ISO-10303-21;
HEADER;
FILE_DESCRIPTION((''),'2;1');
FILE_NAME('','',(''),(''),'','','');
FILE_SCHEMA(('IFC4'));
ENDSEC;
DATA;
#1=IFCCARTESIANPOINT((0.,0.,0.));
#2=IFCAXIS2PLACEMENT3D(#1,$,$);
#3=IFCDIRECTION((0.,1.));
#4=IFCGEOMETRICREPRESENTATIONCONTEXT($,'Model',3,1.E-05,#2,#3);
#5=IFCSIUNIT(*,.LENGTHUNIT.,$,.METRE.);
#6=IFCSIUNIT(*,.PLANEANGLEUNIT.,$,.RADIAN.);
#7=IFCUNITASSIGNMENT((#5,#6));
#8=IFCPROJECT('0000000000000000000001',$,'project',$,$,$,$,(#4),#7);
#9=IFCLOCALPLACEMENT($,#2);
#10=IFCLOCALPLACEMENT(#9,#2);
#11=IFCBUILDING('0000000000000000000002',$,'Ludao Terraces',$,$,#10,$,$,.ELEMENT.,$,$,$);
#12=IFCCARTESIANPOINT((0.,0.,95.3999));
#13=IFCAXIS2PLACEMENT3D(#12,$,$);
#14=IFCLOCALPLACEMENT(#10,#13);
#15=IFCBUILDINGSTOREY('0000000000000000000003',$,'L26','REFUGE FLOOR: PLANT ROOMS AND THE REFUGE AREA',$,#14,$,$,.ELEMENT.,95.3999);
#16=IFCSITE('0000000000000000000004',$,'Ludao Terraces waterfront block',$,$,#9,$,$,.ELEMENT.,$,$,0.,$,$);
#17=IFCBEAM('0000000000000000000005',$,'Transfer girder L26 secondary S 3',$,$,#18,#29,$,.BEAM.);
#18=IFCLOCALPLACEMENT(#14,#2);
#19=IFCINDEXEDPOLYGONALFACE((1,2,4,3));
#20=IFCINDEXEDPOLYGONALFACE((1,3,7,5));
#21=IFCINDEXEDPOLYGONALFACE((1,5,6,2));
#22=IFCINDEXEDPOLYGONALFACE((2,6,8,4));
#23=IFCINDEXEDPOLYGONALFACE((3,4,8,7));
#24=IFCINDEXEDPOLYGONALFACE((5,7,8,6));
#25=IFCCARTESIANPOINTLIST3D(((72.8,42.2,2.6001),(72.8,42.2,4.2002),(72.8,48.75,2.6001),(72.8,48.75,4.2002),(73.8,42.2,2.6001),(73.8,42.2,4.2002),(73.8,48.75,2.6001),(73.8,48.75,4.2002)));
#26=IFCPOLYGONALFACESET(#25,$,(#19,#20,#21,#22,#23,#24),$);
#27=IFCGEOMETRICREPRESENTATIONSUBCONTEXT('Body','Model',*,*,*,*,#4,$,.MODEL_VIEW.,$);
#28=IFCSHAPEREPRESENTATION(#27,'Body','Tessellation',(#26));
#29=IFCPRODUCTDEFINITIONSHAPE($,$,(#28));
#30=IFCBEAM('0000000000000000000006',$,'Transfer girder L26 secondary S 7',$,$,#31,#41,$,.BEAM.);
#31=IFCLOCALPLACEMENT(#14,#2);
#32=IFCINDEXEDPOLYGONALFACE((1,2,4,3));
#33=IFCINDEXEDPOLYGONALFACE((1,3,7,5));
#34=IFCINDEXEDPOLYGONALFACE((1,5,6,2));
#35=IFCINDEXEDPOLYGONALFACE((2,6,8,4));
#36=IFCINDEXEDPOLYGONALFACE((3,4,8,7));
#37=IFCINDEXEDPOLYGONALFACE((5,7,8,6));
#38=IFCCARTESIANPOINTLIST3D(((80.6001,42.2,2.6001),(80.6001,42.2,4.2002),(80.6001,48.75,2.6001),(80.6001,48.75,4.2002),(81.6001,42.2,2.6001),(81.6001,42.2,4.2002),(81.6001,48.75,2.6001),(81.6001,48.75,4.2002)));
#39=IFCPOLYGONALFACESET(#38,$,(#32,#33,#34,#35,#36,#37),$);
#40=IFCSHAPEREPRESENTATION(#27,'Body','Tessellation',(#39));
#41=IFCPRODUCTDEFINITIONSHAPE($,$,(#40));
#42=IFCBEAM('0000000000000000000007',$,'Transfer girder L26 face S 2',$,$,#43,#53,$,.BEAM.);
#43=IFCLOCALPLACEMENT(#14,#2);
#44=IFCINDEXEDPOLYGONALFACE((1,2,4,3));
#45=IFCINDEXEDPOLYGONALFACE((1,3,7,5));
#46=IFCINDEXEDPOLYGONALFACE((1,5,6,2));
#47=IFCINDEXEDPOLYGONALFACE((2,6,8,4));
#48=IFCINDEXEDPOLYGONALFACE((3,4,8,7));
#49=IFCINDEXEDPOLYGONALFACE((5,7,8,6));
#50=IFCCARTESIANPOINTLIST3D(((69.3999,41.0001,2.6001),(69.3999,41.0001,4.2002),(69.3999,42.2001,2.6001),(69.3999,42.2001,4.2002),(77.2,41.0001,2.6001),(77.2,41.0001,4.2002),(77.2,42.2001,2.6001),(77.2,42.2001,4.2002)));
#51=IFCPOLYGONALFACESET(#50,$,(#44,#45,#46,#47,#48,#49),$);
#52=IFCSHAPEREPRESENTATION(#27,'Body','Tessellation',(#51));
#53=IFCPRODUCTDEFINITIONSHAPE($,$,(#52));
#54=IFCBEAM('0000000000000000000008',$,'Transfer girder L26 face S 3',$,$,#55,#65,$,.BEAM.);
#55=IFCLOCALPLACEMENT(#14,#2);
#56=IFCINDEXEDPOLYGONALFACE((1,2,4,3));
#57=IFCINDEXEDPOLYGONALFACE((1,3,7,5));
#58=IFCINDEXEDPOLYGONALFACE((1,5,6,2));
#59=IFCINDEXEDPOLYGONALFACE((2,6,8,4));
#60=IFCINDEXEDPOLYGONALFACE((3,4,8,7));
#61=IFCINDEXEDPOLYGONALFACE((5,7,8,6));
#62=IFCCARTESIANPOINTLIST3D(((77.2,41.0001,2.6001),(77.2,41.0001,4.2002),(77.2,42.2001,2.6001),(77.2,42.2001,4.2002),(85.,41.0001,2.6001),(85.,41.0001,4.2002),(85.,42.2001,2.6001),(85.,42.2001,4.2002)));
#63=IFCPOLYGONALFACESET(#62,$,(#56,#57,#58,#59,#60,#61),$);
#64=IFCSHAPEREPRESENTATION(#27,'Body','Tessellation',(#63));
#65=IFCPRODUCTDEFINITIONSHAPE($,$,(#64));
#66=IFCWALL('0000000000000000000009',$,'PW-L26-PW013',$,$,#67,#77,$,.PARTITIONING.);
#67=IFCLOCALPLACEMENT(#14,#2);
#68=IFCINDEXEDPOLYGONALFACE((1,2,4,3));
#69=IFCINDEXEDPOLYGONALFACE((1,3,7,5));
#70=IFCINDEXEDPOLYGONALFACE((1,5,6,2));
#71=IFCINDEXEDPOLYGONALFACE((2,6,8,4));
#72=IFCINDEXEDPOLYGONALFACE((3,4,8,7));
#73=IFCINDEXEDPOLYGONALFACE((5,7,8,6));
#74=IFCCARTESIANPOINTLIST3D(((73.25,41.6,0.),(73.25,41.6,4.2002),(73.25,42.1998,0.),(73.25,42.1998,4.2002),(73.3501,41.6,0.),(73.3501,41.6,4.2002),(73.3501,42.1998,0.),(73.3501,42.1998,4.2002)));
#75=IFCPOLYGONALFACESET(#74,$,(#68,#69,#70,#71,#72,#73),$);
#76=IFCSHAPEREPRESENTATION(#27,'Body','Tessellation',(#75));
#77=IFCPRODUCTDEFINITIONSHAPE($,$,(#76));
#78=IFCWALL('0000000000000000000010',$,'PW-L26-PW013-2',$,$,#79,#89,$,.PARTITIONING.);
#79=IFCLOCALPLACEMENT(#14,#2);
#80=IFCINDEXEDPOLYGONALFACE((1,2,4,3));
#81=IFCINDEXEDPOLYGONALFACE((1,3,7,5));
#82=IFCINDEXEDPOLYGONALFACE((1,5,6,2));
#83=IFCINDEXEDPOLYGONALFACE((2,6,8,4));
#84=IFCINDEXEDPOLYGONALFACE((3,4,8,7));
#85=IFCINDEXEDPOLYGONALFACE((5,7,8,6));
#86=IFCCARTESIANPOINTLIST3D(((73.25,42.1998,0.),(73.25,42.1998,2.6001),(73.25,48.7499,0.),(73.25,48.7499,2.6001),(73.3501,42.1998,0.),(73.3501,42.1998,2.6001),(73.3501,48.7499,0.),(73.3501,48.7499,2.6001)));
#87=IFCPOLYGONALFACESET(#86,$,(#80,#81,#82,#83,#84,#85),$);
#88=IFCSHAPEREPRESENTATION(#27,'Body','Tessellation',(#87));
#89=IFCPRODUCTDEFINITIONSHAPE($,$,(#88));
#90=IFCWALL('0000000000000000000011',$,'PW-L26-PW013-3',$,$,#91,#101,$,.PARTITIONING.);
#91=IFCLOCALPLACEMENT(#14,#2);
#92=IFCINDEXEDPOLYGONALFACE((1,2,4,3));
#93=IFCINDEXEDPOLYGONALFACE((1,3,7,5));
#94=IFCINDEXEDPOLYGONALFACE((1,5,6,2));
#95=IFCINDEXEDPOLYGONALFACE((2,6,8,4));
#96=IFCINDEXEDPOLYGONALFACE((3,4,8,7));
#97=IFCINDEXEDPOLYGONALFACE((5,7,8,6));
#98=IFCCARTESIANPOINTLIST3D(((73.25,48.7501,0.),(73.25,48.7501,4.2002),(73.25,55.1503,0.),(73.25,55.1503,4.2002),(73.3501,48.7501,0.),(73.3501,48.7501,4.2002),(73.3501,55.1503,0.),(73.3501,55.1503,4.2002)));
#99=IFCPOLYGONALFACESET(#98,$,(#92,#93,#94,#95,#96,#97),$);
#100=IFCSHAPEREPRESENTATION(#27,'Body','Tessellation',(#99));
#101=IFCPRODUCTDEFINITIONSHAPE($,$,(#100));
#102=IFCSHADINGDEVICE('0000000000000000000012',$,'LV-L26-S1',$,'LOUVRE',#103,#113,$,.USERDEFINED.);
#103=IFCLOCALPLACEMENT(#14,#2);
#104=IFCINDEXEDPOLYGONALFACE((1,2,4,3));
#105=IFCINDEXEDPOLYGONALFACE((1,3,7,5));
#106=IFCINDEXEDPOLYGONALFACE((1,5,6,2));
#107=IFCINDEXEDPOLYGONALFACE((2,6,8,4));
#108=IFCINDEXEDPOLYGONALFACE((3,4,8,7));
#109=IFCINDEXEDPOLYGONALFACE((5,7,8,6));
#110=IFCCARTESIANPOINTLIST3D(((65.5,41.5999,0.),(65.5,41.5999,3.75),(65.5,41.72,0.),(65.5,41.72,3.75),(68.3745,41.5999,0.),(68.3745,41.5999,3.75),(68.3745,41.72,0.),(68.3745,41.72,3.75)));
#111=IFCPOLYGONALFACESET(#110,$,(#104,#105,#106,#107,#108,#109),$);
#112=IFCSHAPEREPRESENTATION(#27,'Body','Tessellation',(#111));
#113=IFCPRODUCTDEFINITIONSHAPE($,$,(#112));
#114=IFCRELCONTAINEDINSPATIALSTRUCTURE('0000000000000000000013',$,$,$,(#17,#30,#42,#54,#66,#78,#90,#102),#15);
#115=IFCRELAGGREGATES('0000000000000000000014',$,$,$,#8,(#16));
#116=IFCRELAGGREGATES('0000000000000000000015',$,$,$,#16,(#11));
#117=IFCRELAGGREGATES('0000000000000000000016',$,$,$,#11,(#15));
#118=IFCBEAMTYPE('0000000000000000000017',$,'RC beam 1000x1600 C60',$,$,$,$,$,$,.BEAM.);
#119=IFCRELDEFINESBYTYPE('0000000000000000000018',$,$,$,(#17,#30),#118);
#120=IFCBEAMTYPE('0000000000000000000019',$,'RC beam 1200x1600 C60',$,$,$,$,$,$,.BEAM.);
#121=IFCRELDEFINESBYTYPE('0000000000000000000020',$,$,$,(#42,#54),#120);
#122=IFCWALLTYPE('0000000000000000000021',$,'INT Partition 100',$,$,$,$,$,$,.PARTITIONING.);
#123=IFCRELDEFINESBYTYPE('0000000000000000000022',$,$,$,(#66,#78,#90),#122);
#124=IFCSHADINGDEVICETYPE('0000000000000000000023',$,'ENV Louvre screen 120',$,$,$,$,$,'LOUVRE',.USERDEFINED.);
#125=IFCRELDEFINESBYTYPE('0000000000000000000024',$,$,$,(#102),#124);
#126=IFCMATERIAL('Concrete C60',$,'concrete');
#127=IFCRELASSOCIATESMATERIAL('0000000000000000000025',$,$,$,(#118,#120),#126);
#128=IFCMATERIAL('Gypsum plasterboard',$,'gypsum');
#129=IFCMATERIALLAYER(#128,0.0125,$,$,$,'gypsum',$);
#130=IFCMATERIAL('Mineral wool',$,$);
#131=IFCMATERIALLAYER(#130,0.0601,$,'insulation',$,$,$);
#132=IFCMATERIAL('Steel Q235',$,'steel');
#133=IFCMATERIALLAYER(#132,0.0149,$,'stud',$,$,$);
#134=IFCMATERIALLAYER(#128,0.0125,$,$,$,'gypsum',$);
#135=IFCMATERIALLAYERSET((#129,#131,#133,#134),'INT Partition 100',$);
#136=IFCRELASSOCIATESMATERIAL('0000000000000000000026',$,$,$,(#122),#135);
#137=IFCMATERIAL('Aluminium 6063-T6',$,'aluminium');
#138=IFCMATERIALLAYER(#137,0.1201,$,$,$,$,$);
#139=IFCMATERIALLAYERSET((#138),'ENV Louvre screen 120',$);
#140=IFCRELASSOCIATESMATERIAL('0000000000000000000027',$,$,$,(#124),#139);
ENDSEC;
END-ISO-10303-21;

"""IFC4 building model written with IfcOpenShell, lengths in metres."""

from ifc_helpers import new_model, si_unit, direction, frame, frame_2d, origin, origin_2d, place, context, subcontext, project, spatial, rectangle, extrude, material, layer, layer_set, material_profile, profile_set, type_object, element, save


model = new_model("IFC4")

# Units and contexts
model_context = context("Model", 3, precision=1e-05, world=origin(), true_north=direction((0.0, 1.0)))
body_context = subcontext(model_context, "Body", "Model", "MODEL_VIEW")
ifc_project = project(units=[si_unit("LENGTHUNIT", "METRE"), si_unit("PLANEANGLEUNIT", "RADIAN")], contexts=[model_context])

# Site, building, storey
site_placement = place(None, origin())
site = spatial("IfcSite", under=ifc_project, at=site_placement, Name="Ludao Terraces waterfront block", CompositionType="ELEMENT", RefElevation=0.0)
building_placement = place(site_placement, origin())
building = spatial("IfcBuilding", under=site, at=building_placement, Name="Ludao Terraces", CompositionType="ELEMENT")
storey_placement = place(building_placement, frame((0.0, 0.0, 95.3999)))
storey = spatial("IfcBuildingStorey", under=building, at=storey_placement, Name="L26", Description="REFUGE FLOOR: PLANT ROOMS AND THE REFUGE AREA", CompositionType="ELEMENT", Elevation=95.3999)

# Beams
ifc_material_1 = material(Name="Concrete C60", Category="concrete")
ifc_material_profile_1 = material_profile(ifc_material_1, rectangle(XDim=1.0, YDim=1.6001, at=origin_2d()), Name="1000 X 1600")
ifc_profile_set_1 = profile_set([ifc_material_profile_1], Name="Concrete C60")
beam_type_1 = type_object("IfcBeamType", Name="RC beam 1000x1600 C60", PredefinedType="BEAM", material=ifc_profile_set_1)
for number, where, z_axis, x_axis, name in (
    (1, (73.3, 42.2, 3.4001), (0.0, 1.0, 0.0), (-1.0, 0.0, 0.0), "Transfer girder L26 secondary S 3"),
    (2, (81.1001, 42.2, 3.4001), (0.0, 1.0, 0.0), (-1.0, 0.0, 0.0), "Transfer girder L26 secondary S 7"),
):
    element("IfcBeam", number, at=place(storey_placement, frame(where, z_axis=z_axis, x_axis=x_axis)), inside=storey, type_object=beam_type_1, Name=name, PredefinedType="BEAM", context=body_context, shape_type="SweptSolid", body=[
        extrude(rectangle(XDim=1.0, YDim=1.6001, at=origin_2d()), origin(), (0.0, 0.0, 1.0), 6.55),
    ])
ifc_material_profile_2 = material_profile(ifc_material_1, rectangle(XDim=1.2, YDim=1.6001, at=origin_2d()), Name="1200 X 1600")
ifc_profile_set_2 = profile_set([ifc_material_profile_2], Name="Concrete C60")
beam_type_2 = type_object("IfcBeamType", Name="RC beam 1200x1600 C60", PredefinedType="BEAM", material=ifc_profile_set_2)
for number, where, z_axis, x_axis, name in (
    (3, (69.3999, 41.6001, 3.4001), (1.0, 0.0, 0.0), (0.0, 1.0, 0.0), "Transfer girder L26 face S 2"),
    (4, (77.2, 41.6001, 3.4001), (1.0, 0.0, 0.0), (0.0, 1.0, 0.0), "Transfer girder L26 face S 3"),
):
    element("IfcBeam", number, at=place(storey_placement, frame(where, z_axis=z_axis, x_axis=x_axis)), inside=storey, type_object=beam_type_2, Name=name, PredefinedType="BEAM", context=body_context, shape_type="SweptSolid", body=[
        extrude(rectangle(XDim=1.2, YDim=1.6001, at=origin_2d()), origin(), (0.0, 0.0, 1.0), 7.8),
    ])

# Walls
ifc_material_2 = material(Name="Gypsum plasterboard", Category="gypsum")
ifc_layer_1 = layer(ifc_material_2, 0.0125, Category="gypsum")
ifc_material_3 = material(Name="Mineral wool")
ifc_layer_2 = layer(ifc_material_3, 0.0601, Name="insulation")
ifc_material_4 = material(Name="Steel Q235", Category="steel")
ifc_layer_3 = layer(ifc_material_4, 0.0149, Name="stud")
ifc_layer_4 = layer(ifc_material_2, 0.0125, Category="gypsum")
ifc_layer_set_1 = layer_set([ifc_layer_1, ifc_layer_2, ifc_layer_3, ifc_layer_4], Name="INT Partition 100")
wall_type = type_object("IfcWallType", Name="INT Partition 100", PredefinedType="PARTITIONING", material=ifc_layer_set_1)
wall_1_placement = place(storey_placement, frame((73.3, 41.6001, 0.0), z_axis=(0.0, 0.0, 1.0), x_axis=(0.0, 1.0, 0.0)))
element("IfcWall", 5, at=wall_1_placement, inside=storey, type_object=wall_type, Name="PW-L26-PW013", PredefinedType="PARTITIONING", context=body_context, shape_type="SweptSolid", body=[
    extrude(rectangle(XDim=0.5999, YDim=0.1001, at=frame_2d((0.2998, 0.0))), origin(), (0.0, 0.0, 1.0), 4.2002),
])
wall_2_placement = place(storey_placement, frame((73.3, 42.2, 0.0), z_axis=(0.0, 0.0, 1.0), x_axis=(0.0, 1.0, 0.0)))
element("IfcWall", 6, at=wall_2_placement, inside=storey, type_object=wall_type, Name="PW-L26-PW013-2", PredefinedType="PARTITIONING", context=body_context, shape_type="SweptSolid", body=[
    extrude(rectangle(XDim=6.55, YDim=0.1001, at=frame_2d((3.2749, 0.0))), origin(), (0.0, 0.0, 1.0), 2.6001),
])
wall_3_placement = place(storey_placement, frame((73.3, 48.75, 0.0), z_axis=(0.0, 0.0, 1.0), x_axis=(0.0, 1.0, 0.0)))
element("IfcWall", 7, at=wall_3_placement, inside=storey, type_object=wall_type, Name="PW-L26-PW013-3", PredefinedType="PARTITIONING", context=body_context, shape_type="SweptSolid", body=[
    extrude(rectangle(XDim=6.4001, YDim=0.1001, at=frame_2d((3.2002, 0.0))), origin(), (0.0, 0.0, 1.0), 4.2002),
])

# Shading device
ifc_material_5 = material(Name="Aluminium 6063-T6", Category="aluminium")
ifc_layer_5 = layer(ifc_material_5, 0.1201)
ifc_layer_set_2 = layer_set([ifc_layer_5], Name="ENV Louvre screen 120")
shading_device_type = type_object("IfcShadingDeviceType", Name="ENV Louvre screen 120", ElementType="LOUVRE", PredefinedType="USERDEFINED", material=ifc_layer_set_2)
shading_device_placement = place(storey_placement, frame((65.5, 41.6599, 0.0), z_axis=(0.0, 0.0, 1.0), x_axis=(1.0, 0.0, 0.0)))
element("IfcShadingDevice", 8, at=shading_device_placement, inside=storey, type_object=shading_device_type, Name="LV-L26-S1", ObjectType="LOUVRE", PredefinedType="USERDEFINED", context=body_context, shape_type="SweptSolid", body=[
    extrude(rectangle(XDim=2.8745, YDim=0.1201, at=frame_2d((1.4373, 0.0))), origin(), (0.0, 0.0, 1.0), 3.75),
])

save(model, "model.ifc")
